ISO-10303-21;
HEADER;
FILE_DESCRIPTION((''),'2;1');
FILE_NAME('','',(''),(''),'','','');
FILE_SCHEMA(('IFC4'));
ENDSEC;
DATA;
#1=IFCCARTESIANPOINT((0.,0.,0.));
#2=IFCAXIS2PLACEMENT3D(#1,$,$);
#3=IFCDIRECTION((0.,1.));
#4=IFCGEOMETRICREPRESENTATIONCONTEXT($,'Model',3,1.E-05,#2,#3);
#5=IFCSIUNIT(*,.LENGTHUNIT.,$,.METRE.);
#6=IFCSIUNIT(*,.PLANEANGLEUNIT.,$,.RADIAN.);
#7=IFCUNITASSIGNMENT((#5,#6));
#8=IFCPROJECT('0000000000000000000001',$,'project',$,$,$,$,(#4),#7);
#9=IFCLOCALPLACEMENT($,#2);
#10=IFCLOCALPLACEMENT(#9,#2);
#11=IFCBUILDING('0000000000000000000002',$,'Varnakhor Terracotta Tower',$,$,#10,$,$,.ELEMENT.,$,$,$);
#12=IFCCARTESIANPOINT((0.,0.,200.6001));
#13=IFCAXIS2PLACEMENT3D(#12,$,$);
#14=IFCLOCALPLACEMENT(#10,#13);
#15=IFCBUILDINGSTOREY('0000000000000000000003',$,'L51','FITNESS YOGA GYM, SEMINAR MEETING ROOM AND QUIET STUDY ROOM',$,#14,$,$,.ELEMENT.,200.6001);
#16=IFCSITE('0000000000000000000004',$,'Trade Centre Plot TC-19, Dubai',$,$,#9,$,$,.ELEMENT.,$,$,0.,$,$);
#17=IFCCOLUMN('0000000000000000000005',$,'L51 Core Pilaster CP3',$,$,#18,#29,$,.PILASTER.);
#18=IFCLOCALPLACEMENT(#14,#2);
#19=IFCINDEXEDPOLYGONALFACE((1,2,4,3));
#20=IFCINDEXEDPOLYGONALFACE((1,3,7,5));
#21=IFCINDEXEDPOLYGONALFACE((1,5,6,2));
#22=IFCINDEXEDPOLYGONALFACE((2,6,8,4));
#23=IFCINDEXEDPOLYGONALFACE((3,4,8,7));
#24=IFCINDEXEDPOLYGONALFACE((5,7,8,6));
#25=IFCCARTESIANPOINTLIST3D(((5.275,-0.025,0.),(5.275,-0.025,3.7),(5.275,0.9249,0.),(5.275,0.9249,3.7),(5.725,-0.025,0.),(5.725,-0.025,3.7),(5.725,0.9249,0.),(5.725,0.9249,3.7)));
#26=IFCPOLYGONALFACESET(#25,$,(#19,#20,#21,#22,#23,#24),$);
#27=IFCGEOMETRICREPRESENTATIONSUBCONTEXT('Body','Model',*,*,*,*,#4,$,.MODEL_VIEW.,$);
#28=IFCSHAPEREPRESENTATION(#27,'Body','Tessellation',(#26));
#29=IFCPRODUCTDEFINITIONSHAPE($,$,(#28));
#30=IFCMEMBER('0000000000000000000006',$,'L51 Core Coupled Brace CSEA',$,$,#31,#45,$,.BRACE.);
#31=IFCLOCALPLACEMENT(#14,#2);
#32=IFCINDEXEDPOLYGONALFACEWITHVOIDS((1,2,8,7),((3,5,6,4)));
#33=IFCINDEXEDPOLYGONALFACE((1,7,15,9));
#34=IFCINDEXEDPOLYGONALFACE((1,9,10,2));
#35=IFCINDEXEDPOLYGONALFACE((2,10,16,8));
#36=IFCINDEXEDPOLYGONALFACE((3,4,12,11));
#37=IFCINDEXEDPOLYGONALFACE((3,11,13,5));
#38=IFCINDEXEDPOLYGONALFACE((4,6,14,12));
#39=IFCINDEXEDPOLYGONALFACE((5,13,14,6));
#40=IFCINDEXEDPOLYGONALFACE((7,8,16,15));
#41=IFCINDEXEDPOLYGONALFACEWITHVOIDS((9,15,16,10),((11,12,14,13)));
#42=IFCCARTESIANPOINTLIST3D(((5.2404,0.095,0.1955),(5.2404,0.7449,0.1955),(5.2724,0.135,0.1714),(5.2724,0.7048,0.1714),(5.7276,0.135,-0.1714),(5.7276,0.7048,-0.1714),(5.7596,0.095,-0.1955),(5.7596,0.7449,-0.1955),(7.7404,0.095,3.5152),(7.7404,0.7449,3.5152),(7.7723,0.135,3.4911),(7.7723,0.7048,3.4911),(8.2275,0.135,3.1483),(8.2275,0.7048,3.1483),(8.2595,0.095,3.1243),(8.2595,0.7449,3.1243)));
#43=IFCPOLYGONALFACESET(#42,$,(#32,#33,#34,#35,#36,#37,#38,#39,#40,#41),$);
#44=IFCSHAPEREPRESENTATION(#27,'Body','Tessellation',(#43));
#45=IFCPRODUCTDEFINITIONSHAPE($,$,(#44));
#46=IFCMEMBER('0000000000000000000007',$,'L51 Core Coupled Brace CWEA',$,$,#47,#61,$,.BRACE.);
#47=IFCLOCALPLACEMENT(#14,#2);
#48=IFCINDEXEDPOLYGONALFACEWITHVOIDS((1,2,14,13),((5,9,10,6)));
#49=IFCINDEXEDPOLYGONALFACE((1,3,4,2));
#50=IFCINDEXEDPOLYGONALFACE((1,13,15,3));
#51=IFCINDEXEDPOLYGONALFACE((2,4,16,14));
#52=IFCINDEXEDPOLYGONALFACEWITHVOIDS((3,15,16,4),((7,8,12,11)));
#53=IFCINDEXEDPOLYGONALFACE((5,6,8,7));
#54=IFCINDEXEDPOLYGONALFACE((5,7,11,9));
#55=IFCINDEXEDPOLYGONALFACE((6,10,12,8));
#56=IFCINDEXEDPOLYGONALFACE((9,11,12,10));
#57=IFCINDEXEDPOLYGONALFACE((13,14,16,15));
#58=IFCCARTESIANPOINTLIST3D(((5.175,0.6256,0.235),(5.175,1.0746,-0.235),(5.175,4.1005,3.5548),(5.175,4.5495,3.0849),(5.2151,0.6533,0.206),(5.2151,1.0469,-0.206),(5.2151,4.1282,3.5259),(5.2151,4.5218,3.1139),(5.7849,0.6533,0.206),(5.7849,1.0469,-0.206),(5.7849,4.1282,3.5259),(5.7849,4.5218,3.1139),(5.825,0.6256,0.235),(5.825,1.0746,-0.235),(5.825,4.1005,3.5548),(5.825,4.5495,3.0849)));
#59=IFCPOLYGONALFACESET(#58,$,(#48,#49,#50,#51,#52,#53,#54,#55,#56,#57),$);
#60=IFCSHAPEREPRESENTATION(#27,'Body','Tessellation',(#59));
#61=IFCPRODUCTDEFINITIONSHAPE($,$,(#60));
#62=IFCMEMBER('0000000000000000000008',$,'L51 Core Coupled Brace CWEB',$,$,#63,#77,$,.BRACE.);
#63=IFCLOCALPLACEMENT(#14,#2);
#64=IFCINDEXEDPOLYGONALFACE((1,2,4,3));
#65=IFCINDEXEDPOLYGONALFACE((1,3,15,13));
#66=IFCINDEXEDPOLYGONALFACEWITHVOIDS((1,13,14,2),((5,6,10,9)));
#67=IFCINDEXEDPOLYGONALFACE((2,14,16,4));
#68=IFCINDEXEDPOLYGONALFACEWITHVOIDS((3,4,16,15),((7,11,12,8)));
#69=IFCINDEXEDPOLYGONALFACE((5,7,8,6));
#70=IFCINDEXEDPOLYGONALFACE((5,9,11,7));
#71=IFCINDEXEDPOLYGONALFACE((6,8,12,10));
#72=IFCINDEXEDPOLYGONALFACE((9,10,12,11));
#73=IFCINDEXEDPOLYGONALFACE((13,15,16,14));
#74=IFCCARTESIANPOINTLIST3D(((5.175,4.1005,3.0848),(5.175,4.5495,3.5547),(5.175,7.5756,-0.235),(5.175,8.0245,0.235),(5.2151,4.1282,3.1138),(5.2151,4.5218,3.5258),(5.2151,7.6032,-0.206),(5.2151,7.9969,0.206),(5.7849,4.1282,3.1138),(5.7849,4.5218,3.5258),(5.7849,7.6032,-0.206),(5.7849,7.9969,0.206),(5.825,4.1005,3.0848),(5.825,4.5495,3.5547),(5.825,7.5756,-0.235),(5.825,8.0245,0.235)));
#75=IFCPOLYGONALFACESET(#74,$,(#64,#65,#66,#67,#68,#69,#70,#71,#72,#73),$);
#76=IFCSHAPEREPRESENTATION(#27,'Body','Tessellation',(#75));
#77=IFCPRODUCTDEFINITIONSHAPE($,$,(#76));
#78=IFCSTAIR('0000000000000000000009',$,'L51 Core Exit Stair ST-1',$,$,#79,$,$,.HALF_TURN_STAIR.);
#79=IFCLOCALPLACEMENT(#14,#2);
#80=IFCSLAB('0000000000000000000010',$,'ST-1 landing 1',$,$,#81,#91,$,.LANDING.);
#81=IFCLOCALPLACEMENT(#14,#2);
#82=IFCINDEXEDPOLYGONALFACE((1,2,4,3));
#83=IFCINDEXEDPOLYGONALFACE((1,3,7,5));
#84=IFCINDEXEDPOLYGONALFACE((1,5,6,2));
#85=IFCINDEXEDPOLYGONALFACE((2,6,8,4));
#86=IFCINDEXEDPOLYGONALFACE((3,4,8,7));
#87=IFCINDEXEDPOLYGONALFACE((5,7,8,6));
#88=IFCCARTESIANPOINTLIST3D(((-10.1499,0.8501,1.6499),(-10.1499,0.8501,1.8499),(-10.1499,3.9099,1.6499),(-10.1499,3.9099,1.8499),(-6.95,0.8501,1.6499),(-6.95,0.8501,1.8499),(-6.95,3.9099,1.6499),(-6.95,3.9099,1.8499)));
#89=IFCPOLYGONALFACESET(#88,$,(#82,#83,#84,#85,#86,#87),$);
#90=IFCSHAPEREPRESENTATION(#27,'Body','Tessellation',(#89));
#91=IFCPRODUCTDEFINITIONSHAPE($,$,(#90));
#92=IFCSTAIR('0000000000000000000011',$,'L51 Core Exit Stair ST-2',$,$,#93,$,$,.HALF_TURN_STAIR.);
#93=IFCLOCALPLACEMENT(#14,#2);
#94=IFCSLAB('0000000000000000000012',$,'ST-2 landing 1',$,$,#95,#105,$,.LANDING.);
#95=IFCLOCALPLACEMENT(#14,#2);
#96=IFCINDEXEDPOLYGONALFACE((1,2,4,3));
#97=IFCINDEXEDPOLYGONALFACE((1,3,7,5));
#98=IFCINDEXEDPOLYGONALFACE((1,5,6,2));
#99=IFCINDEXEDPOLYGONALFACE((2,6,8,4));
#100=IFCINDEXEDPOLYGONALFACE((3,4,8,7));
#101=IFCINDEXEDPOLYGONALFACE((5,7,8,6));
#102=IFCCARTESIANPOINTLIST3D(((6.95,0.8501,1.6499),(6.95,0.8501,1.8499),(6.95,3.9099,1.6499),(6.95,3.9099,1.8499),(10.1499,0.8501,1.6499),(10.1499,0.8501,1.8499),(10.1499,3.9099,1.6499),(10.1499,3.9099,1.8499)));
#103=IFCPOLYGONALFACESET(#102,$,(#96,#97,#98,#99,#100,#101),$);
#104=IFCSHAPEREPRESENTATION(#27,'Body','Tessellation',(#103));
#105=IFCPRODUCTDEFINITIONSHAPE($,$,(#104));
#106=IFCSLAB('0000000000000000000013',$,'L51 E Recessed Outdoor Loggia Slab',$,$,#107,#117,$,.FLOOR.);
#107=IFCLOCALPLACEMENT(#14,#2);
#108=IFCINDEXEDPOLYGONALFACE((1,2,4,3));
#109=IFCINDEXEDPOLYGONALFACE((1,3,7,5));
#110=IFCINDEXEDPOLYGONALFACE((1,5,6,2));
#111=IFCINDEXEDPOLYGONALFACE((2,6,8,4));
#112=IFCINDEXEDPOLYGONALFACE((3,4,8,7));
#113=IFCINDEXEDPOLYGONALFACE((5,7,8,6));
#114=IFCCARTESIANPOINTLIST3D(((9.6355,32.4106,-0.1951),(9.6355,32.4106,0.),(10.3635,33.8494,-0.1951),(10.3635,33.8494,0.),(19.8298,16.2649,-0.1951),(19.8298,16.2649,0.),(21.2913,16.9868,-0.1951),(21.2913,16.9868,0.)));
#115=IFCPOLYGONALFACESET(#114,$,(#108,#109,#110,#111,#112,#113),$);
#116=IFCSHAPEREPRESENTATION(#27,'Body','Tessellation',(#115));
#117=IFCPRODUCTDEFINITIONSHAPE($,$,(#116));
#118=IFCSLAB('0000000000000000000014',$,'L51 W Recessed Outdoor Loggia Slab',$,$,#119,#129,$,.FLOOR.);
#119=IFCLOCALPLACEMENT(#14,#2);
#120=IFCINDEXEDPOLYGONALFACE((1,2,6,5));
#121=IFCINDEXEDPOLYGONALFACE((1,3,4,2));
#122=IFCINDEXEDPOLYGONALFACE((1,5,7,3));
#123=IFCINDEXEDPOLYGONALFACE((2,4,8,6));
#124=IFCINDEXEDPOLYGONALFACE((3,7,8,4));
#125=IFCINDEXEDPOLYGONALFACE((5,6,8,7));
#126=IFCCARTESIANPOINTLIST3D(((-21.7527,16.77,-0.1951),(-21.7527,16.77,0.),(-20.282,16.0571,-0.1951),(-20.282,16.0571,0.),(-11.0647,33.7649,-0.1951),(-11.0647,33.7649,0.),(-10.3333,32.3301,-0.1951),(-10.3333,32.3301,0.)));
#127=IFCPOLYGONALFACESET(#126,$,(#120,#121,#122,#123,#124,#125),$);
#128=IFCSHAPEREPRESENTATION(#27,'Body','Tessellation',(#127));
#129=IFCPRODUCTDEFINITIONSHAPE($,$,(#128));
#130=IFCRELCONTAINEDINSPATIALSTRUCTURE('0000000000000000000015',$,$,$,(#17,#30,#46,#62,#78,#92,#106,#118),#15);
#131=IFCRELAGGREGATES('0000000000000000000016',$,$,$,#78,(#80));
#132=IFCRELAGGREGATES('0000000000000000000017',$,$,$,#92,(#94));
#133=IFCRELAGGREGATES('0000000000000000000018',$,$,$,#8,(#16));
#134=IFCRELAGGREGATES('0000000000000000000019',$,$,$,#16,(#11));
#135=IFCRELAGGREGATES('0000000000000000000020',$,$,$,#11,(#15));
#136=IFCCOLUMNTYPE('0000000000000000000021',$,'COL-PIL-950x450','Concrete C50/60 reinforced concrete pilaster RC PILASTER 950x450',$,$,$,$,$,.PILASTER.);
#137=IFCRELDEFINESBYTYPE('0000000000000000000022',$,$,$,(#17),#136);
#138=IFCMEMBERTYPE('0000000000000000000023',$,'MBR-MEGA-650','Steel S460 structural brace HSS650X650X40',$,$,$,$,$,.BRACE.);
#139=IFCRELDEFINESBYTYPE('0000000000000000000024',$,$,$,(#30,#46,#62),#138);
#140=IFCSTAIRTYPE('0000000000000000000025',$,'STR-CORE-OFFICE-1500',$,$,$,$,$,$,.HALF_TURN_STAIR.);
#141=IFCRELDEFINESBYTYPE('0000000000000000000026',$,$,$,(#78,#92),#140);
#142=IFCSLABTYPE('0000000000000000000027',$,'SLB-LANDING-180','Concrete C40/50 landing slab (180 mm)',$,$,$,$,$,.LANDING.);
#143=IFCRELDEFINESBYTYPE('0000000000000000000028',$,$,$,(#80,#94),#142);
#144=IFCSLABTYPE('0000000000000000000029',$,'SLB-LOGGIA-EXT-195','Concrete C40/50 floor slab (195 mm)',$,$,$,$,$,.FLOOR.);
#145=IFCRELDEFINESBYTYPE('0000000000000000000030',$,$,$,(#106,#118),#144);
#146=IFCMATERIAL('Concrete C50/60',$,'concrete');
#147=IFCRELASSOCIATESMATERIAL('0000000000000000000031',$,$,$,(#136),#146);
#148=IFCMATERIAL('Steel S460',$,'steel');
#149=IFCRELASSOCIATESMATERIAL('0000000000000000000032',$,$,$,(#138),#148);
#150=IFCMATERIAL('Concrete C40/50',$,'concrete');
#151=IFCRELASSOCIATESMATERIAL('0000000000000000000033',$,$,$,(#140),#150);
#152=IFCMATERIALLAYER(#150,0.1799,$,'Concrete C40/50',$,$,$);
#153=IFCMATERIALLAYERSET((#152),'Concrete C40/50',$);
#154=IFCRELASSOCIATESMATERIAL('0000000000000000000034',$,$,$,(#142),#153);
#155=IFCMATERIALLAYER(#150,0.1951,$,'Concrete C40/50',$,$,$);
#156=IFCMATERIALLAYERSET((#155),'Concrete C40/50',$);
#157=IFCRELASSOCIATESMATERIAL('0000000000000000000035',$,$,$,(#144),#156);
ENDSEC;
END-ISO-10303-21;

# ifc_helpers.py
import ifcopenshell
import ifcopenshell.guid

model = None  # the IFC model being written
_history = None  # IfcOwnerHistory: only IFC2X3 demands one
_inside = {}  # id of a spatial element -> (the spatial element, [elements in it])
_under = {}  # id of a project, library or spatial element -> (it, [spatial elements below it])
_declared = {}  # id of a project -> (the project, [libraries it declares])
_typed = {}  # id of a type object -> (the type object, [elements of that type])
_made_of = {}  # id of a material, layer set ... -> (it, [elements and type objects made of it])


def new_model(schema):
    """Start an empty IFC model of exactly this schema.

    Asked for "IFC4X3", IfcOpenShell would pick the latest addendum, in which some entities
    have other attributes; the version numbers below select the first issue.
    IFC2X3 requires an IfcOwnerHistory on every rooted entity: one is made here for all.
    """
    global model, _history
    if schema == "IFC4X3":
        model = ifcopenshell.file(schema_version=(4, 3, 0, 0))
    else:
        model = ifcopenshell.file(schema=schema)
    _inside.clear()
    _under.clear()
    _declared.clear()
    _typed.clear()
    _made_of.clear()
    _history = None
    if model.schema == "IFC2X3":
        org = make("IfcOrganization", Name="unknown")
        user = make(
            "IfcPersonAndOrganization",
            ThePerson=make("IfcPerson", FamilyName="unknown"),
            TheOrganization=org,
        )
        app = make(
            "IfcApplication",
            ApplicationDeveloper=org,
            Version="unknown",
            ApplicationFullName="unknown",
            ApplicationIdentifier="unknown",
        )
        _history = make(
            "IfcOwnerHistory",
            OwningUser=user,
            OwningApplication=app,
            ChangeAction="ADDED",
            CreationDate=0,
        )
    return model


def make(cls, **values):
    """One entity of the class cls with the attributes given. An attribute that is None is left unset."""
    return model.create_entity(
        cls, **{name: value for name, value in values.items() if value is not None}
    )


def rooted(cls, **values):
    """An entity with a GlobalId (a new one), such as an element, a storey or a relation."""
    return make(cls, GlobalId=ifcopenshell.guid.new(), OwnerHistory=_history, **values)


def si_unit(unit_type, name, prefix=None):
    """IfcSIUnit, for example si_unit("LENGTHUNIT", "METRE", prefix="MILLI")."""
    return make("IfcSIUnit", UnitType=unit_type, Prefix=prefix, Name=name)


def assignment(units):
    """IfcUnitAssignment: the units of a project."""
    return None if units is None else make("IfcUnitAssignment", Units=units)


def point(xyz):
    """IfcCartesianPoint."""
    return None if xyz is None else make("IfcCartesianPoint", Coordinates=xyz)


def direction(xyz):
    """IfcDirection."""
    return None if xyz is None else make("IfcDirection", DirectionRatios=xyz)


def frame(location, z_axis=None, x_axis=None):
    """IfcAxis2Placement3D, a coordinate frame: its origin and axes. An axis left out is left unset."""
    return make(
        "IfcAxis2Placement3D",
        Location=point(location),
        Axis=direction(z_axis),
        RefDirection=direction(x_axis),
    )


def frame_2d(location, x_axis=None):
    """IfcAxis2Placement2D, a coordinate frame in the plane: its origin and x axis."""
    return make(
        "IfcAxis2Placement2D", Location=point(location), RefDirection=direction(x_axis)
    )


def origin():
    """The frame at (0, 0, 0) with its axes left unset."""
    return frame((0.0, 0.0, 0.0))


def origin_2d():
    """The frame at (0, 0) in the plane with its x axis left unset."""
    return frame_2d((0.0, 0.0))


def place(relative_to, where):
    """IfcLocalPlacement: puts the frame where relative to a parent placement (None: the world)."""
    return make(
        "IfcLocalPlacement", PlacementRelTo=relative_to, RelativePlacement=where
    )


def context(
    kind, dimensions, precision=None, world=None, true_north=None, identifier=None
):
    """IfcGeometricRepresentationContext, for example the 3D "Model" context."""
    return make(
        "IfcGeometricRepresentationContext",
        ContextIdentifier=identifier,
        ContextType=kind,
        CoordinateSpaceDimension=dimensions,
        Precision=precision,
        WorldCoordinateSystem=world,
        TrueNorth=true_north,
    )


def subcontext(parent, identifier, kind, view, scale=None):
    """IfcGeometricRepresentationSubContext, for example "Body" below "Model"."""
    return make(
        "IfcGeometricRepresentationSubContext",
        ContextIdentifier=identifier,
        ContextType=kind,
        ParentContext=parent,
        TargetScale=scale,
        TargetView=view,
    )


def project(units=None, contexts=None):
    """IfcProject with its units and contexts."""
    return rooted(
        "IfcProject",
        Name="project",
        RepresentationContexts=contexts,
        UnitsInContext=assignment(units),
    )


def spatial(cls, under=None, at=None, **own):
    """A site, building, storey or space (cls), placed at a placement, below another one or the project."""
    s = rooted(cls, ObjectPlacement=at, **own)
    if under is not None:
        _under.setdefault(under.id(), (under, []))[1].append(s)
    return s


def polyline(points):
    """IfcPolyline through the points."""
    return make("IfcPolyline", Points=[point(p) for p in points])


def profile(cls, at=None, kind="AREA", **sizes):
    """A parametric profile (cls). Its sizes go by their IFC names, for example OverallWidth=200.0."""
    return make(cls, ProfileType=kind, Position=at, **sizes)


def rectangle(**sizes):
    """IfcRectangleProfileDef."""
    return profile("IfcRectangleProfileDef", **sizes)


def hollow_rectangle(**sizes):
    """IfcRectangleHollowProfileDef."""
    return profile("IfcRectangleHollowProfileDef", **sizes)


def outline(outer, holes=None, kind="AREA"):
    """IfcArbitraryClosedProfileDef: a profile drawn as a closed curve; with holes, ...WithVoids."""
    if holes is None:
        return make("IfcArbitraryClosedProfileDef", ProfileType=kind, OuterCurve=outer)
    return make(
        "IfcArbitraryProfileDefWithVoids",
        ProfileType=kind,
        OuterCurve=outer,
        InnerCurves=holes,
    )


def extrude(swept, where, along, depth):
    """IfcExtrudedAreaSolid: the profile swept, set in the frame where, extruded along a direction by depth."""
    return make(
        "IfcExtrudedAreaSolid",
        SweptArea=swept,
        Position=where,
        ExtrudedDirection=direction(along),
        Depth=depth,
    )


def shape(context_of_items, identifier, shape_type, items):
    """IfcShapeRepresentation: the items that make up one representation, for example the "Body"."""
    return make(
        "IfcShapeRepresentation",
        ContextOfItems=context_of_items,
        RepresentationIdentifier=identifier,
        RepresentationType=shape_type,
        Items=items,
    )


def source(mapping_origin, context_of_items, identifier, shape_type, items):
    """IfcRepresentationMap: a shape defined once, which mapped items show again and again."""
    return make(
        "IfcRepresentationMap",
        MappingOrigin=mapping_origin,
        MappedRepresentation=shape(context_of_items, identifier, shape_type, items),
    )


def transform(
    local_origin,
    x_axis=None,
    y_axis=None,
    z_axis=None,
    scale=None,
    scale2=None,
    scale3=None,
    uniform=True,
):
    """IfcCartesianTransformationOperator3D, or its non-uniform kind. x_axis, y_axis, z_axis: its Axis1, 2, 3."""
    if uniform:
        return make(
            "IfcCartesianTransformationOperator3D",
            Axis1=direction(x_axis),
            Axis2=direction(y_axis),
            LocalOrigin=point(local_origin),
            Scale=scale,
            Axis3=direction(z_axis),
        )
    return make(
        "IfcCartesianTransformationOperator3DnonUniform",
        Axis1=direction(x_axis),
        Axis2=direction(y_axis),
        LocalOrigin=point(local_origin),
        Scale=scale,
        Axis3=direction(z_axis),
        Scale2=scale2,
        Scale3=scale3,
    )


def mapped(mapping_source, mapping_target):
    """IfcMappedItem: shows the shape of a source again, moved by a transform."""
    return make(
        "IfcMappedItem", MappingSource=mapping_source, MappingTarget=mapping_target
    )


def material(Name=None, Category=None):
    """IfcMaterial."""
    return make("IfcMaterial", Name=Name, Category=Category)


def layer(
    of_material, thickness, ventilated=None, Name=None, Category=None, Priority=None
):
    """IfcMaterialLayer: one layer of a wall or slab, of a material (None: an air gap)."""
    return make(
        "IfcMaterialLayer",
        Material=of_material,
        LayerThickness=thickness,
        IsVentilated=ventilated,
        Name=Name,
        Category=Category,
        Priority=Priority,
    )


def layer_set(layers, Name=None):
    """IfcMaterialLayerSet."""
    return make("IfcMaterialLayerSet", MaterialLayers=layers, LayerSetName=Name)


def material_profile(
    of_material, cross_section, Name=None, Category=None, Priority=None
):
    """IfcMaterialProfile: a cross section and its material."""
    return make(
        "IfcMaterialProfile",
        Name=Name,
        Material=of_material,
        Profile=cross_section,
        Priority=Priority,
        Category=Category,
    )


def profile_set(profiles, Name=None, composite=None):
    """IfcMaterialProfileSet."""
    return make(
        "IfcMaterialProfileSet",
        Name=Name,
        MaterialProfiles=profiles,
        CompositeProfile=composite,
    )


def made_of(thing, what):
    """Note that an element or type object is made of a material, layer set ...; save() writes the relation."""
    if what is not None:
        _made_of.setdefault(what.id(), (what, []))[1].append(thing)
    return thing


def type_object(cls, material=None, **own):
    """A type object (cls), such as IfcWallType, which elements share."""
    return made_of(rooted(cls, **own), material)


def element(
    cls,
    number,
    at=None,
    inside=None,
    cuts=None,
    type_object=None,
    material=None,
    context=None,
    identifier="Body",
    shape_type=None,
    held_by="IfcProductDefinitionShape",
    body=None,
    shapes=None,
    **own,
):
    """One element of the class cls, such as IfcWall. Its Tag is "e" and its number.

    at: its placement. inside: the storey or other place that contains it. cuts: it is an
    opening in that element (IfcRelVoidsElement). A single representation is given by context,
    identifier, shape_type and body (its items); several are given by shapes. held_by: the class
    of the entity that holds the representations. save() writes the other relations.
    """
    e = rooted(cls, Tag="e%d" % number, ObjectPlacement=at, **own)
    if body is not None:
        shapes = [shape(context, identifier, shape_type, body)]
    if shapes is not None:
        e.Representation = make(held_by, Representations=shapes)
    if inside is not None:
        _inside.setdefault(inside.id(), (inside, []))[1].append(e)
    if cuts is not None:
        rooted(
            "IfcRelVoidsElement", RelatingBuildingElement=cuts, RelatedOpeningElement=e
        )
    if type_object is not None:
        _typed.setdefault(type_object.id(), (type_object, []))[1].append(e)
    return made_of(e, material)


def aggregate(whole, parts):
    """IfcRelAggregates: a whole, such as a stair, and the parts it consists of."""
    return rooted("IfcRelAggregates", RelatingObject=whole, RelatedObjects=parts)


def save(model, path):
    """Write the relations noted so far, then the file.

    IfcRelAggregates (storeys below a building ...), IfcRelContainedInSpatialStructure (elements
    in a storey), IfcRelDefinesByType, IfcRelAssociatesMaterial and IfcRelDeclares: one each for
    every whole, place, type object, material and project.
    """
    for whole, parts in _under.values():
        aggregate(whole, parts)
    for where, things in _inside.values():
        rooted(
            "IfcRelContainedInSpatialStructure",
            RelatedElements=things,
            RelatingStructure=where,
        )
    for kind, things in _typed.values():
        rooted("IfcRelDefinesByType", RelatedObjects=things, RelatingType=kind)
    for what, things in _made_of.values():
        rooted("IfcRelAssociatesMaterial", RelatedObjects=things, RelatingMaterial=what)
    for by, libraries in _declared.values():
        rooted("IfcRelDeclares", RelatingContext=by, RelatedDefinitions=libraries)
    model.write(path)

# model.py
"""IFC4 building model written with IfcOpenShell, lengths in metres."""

from ifc_helpers import new_model, si_unit, direction, frame, origin, origin_2d, place, context, subcontext, project, spatial, polyline, rectangle, hollow_rectangle, outline, extrude, source, transform, mapped, material, layer, layer_set, material_profile, profile_set, type_object, element, aggregate, save


model = new_model("IFC4")

# Units and contexts
model_context = context("Model", 3, precision=1e-05, world=origin(), true_north=direction((0.0, 1.0)))
body_context = subcontext(model_context, "Body", "Model", "MODEL_VIEW")
ifc_project = project(units=[si_unit("LENGTHUNIT", "METRE"), si_unit("PLANEANGLEUNIT", "RADIAN")], contexts=[model_context])

# Site, building, storey
site_placement = place(None, origin())
site = spatial("IfcSite", under=ifc_project, at=site_placement, Name="Trade Centre Plot TC-19, Dubai", CompositionType="ELEMENT", RefElevation=0.0)
building_placement = place(site_placement, origin())
building = spatial("IfcBuilding", under=site, at=building_placement, Name="Varnakhor Terracotta Tower", CompositionType="ELEMENT")
storey_placement = place(building_placement, frame((0.0, 0.0, 200.6001)))
storey = spatial("IfcBuildingStorey", under=building, at=storey_placement, Name="L51", Description="FITNESS YOGA GYM, SEMINAR MEETING ROOM AND QUIET STUDY ROOM", CompositionType="ELEMENT", Elevation=200.6001)

# Column
ifc_material_1 = material(Name="Concrete C50/60", Category="concrete")
ifc_material_profile_1 = material_profile(ifc_material_1, rectangle(XDim=0.45, YDim=0.95, at=origin_2d()), Name="RC PILASTER 950x450")
ifc_profile_set_1 = profile_set([ifc_material_profile_1], Name="Concrete C50/60")
column_type = type_object("IfcColumnType", Name="COL-PIL-950x450", Description="Concrete C50/60 reinforced concrete pilaster RC PILASTER 950x450", PredefinedType="PILASTER", material=ifc_profile_set_1)
shared_shape_1 = source(origin(), body_context, "Body", "SweptSolid", [
    extrude(rectangle(XDim=0.45, YDim=0.95, at=origin_2d()), origin(), (0.0, 0.0, 1.0), 3.7),
])
column_placement = place(storey_placement, frame((5.5, 0.45, 0.0), z_axis=(0.0, 0.0, 1.0), x_axis=(1.0, 0.0, 0.0)))
element("IfcColumn", 1, at=column_placement, inside=storey, type_object=column_type, Name="L51 Core Pilaster CP3", PredefinedType="PILASTER", context=body_context, shape_type="MappedRepresentation", body=[
    mapped(shared_shape_1, transform((0.0, 0.0, 0.0), scale=1.0)),
])

# Members
ifc_material_2 = material(Name="Steel S460", Category="steel")
ifc_material_profile_2 = material_profile(ifc_material_2, hollow_rectangle(XDim=0.6499, YDim=0.6499, WallThickness=0.04, at=origin_2d()), Name="HSS650X650X40")
ifc_profile_set_2 = profile_set([ifc_material_profile_2], Name="Steel S460")
member_type = type_object("IfcMemberType", Name="MBR-MEGA-650", Description="Steel S460 structural brace HSS650X650X40", PredefinedType="BRACE", material=ifc_profile_set_2)
shared_shape_2 = source(origin(), body_context, "Body", "SweptSolid", [
    extrude(hollow_rectangle(XDim=0.6499, YDim=0.6499, WallThickness=0.04, at=origin_2d()), origin(), (0.0, 0.0, 1.0), 4.1558),
])
member_placement = place(storey_placement, frame((5.5, 0.4199, 0.0), z_axis=(0.601559, 0.0, 0.798828), x_axis=(0.0, 1.0, 0.0)))
element("IfcMember", 2, at=member_placement, inside=storey, type_object=member_type, Name="L51 Core Coupled Brace CSEA", PredefinedType="BRACE", context=body_context, shape_type="MappedRepresentation", body=[
    mapped(shared_shape_2, transform((0.0, 0.0, 0.0), scale=1.0)),
])
shared_shape_3 = source(origin(), body_context, "Body", "SweptSolid", [
    extrude(hollow_rectangle(XDim=0.6499, YDim=0.6499, WallThickness=0.04, at=origin_2d()), origin(), (0.0, 0.0, 1.0), 4.8059),
])
for number, where, z_axis, x_axis, name in (
    (3, (5.5, 0.8501, 0.0), (0.0, 0.723052, 0.690793), (-1.0, 0.0, 0.0), "L51 Core Coupled Brace CWEA"),
    (4, (5.5, 7.8, 0.0), (0.0, -0.723076, 0.690768), (1.0, 0.0, 0.0), "L51 Core Coupled Brace CWEB"),
):
    element("IfcMember", number, at=place(storey_placement, frame(where, z_axis=z_axis, x_axis=x_axis)), inside=storey, type_object=member_type, Name=name, PredefinedType="BRACE", context=body_context, shape_type="MappedRepresentation", body=[
        mapped(shared_shape_3, transform((0.0, 0.0, 0.0), scale=1.0)),
    ])

# Stairs, slabs
ifc_material_3 = material(Name="Concrete C40/50", Category="concrete")
stair_type = type_object("IfcStairType", Name="STR-CORE-OFFICE-1500", PredefinedType="HALF_TURN_STAIR", material=ifc_material_3)
stair_1_placement = place(storey_placement, origin())
stair_1 = element("IfcStair", 5, at=stair_1_placement, inside=storey, type_object=stair_type, Name="L51 Core Exit Stair ST-1", PredefinedType="HALF_TURN_STAIR")
ifc_layer_1 = layer(ifc_material_3, 0.1799, Name="Concrete C40/50")
ifc_layer_set_1 = layer_set([ifc_layer_1], Name="Concrete C40/50")
slab_type_1 = type_object("IfcSlabType", Name="SLB-LANDING-180", Description="Concrete C40/50 landing slab (180 mm)", PredefinedType="LANDING", material=ifc_layer_set_1)
slab_1_placement = place(storey_placement, frame((0.0, 0.0, 1.6499)))
slab_1 = element("IfcSlab", 6, at=slab_1_placement, type_object=slab_type_1, Name="ST-1 landing 1", PredefinedType="LANDING", context=body_context, shape_type="SweptSolid", body=[
    extrude(outline(polyline([(-10.1499, 3.9099), (-10.1499, 0.8501), (-6.95, 0.8501), (-6.95, 3.9099), (-10.1499, 3.9099)])), origin(), (0.0, 0.0, 1.0), 0.2),
])
aggregate(stair_1, [slab_1])
stair_2_placement = place(storey_placement, origin())
stair_2 = element("IfcStair", 7, at=stair_2_placement, inside=storey, type_object=stair_type, Name="L51 Core Exit Stair ST-2", PredefinedType="HALF_TURN_STAIR")
slab_2_placement = place(storey_placement, frame((0.0, 0.0, 1.6499)))
slab_2 = element("IfcSlab", 8, at=slab_2_placement, type_object=slab_type_1, Name="ST-2 landing 1", PredefinedType="LANDING", context=body_context, shape_type="SweptSolid", body=[
    extrude(outline(polyline([(6.95, 3.9099), (6.95, 0.8501), (10.1499, 0.8501), (10.1499, 3.9099), (6.95, 3.9099)])), origin(), (0.0, 0.0, 1.0), 0.2),
])

# Slabs
ifc_layer_2 = layer(ifc_material_3, 0.1951, Name="Concrete C40/50")
ifc_layer_set_2 = layer_set([ifc_layer_2], Name="Concrete C40/50")
slab_type_2 = type_object("IfcSlabType", Name="SLB-LOGGIA-EXT-195", Description="Concrete C40/50 floor slab (195 mm)", PredefinedType="FLOOR", material=ifc_layer_set_2)
slab_3_placement = place(storey_placement, frame((0.0, 0.0, -0.1951)))
element("IfcSlab", 9, at=slab_3_placement, inside=storey, type_object=slab_type_2, Name="L51 E Recessed Outdoor Loggia Slab", PredefinedType="FLOOR", context=body_context, shape_type="SweptSolid", body=[
    extrude(outline(polyline([(10.3635, 33.8494), (21.2913, 16.9868), (19.8298, 16.2649), (9.6355, 32.4106), (10.3635, 33.8494)])), origin(), (0.0, 0.0, 1.0), 0.1951),
])
slab_4_placement = place(storey_placement, frame((0.0, 0.0, -0.1951)))
element("IfcSlab", 10, at=slab_4_placement, inside=storey, type_object=slab_type_2, Name="L51 W Recessed Outdoor Loggia Slab", PredefinedType="FLOOR", context=body_context, shape_type="SweptSolid", body=[
    extrude(outline(polyline([(-21.7527, 16.77), (-11.0647, 33.7649), (-10.3333, 32.3301), (-20.282, 16.0571), (-21.7527, 16.77)])), origin(), (0.0, 0.0, 1.0), 0.1951),
])

aggregate(stair_2, [slab_2])

save(model, "model.ifc")
